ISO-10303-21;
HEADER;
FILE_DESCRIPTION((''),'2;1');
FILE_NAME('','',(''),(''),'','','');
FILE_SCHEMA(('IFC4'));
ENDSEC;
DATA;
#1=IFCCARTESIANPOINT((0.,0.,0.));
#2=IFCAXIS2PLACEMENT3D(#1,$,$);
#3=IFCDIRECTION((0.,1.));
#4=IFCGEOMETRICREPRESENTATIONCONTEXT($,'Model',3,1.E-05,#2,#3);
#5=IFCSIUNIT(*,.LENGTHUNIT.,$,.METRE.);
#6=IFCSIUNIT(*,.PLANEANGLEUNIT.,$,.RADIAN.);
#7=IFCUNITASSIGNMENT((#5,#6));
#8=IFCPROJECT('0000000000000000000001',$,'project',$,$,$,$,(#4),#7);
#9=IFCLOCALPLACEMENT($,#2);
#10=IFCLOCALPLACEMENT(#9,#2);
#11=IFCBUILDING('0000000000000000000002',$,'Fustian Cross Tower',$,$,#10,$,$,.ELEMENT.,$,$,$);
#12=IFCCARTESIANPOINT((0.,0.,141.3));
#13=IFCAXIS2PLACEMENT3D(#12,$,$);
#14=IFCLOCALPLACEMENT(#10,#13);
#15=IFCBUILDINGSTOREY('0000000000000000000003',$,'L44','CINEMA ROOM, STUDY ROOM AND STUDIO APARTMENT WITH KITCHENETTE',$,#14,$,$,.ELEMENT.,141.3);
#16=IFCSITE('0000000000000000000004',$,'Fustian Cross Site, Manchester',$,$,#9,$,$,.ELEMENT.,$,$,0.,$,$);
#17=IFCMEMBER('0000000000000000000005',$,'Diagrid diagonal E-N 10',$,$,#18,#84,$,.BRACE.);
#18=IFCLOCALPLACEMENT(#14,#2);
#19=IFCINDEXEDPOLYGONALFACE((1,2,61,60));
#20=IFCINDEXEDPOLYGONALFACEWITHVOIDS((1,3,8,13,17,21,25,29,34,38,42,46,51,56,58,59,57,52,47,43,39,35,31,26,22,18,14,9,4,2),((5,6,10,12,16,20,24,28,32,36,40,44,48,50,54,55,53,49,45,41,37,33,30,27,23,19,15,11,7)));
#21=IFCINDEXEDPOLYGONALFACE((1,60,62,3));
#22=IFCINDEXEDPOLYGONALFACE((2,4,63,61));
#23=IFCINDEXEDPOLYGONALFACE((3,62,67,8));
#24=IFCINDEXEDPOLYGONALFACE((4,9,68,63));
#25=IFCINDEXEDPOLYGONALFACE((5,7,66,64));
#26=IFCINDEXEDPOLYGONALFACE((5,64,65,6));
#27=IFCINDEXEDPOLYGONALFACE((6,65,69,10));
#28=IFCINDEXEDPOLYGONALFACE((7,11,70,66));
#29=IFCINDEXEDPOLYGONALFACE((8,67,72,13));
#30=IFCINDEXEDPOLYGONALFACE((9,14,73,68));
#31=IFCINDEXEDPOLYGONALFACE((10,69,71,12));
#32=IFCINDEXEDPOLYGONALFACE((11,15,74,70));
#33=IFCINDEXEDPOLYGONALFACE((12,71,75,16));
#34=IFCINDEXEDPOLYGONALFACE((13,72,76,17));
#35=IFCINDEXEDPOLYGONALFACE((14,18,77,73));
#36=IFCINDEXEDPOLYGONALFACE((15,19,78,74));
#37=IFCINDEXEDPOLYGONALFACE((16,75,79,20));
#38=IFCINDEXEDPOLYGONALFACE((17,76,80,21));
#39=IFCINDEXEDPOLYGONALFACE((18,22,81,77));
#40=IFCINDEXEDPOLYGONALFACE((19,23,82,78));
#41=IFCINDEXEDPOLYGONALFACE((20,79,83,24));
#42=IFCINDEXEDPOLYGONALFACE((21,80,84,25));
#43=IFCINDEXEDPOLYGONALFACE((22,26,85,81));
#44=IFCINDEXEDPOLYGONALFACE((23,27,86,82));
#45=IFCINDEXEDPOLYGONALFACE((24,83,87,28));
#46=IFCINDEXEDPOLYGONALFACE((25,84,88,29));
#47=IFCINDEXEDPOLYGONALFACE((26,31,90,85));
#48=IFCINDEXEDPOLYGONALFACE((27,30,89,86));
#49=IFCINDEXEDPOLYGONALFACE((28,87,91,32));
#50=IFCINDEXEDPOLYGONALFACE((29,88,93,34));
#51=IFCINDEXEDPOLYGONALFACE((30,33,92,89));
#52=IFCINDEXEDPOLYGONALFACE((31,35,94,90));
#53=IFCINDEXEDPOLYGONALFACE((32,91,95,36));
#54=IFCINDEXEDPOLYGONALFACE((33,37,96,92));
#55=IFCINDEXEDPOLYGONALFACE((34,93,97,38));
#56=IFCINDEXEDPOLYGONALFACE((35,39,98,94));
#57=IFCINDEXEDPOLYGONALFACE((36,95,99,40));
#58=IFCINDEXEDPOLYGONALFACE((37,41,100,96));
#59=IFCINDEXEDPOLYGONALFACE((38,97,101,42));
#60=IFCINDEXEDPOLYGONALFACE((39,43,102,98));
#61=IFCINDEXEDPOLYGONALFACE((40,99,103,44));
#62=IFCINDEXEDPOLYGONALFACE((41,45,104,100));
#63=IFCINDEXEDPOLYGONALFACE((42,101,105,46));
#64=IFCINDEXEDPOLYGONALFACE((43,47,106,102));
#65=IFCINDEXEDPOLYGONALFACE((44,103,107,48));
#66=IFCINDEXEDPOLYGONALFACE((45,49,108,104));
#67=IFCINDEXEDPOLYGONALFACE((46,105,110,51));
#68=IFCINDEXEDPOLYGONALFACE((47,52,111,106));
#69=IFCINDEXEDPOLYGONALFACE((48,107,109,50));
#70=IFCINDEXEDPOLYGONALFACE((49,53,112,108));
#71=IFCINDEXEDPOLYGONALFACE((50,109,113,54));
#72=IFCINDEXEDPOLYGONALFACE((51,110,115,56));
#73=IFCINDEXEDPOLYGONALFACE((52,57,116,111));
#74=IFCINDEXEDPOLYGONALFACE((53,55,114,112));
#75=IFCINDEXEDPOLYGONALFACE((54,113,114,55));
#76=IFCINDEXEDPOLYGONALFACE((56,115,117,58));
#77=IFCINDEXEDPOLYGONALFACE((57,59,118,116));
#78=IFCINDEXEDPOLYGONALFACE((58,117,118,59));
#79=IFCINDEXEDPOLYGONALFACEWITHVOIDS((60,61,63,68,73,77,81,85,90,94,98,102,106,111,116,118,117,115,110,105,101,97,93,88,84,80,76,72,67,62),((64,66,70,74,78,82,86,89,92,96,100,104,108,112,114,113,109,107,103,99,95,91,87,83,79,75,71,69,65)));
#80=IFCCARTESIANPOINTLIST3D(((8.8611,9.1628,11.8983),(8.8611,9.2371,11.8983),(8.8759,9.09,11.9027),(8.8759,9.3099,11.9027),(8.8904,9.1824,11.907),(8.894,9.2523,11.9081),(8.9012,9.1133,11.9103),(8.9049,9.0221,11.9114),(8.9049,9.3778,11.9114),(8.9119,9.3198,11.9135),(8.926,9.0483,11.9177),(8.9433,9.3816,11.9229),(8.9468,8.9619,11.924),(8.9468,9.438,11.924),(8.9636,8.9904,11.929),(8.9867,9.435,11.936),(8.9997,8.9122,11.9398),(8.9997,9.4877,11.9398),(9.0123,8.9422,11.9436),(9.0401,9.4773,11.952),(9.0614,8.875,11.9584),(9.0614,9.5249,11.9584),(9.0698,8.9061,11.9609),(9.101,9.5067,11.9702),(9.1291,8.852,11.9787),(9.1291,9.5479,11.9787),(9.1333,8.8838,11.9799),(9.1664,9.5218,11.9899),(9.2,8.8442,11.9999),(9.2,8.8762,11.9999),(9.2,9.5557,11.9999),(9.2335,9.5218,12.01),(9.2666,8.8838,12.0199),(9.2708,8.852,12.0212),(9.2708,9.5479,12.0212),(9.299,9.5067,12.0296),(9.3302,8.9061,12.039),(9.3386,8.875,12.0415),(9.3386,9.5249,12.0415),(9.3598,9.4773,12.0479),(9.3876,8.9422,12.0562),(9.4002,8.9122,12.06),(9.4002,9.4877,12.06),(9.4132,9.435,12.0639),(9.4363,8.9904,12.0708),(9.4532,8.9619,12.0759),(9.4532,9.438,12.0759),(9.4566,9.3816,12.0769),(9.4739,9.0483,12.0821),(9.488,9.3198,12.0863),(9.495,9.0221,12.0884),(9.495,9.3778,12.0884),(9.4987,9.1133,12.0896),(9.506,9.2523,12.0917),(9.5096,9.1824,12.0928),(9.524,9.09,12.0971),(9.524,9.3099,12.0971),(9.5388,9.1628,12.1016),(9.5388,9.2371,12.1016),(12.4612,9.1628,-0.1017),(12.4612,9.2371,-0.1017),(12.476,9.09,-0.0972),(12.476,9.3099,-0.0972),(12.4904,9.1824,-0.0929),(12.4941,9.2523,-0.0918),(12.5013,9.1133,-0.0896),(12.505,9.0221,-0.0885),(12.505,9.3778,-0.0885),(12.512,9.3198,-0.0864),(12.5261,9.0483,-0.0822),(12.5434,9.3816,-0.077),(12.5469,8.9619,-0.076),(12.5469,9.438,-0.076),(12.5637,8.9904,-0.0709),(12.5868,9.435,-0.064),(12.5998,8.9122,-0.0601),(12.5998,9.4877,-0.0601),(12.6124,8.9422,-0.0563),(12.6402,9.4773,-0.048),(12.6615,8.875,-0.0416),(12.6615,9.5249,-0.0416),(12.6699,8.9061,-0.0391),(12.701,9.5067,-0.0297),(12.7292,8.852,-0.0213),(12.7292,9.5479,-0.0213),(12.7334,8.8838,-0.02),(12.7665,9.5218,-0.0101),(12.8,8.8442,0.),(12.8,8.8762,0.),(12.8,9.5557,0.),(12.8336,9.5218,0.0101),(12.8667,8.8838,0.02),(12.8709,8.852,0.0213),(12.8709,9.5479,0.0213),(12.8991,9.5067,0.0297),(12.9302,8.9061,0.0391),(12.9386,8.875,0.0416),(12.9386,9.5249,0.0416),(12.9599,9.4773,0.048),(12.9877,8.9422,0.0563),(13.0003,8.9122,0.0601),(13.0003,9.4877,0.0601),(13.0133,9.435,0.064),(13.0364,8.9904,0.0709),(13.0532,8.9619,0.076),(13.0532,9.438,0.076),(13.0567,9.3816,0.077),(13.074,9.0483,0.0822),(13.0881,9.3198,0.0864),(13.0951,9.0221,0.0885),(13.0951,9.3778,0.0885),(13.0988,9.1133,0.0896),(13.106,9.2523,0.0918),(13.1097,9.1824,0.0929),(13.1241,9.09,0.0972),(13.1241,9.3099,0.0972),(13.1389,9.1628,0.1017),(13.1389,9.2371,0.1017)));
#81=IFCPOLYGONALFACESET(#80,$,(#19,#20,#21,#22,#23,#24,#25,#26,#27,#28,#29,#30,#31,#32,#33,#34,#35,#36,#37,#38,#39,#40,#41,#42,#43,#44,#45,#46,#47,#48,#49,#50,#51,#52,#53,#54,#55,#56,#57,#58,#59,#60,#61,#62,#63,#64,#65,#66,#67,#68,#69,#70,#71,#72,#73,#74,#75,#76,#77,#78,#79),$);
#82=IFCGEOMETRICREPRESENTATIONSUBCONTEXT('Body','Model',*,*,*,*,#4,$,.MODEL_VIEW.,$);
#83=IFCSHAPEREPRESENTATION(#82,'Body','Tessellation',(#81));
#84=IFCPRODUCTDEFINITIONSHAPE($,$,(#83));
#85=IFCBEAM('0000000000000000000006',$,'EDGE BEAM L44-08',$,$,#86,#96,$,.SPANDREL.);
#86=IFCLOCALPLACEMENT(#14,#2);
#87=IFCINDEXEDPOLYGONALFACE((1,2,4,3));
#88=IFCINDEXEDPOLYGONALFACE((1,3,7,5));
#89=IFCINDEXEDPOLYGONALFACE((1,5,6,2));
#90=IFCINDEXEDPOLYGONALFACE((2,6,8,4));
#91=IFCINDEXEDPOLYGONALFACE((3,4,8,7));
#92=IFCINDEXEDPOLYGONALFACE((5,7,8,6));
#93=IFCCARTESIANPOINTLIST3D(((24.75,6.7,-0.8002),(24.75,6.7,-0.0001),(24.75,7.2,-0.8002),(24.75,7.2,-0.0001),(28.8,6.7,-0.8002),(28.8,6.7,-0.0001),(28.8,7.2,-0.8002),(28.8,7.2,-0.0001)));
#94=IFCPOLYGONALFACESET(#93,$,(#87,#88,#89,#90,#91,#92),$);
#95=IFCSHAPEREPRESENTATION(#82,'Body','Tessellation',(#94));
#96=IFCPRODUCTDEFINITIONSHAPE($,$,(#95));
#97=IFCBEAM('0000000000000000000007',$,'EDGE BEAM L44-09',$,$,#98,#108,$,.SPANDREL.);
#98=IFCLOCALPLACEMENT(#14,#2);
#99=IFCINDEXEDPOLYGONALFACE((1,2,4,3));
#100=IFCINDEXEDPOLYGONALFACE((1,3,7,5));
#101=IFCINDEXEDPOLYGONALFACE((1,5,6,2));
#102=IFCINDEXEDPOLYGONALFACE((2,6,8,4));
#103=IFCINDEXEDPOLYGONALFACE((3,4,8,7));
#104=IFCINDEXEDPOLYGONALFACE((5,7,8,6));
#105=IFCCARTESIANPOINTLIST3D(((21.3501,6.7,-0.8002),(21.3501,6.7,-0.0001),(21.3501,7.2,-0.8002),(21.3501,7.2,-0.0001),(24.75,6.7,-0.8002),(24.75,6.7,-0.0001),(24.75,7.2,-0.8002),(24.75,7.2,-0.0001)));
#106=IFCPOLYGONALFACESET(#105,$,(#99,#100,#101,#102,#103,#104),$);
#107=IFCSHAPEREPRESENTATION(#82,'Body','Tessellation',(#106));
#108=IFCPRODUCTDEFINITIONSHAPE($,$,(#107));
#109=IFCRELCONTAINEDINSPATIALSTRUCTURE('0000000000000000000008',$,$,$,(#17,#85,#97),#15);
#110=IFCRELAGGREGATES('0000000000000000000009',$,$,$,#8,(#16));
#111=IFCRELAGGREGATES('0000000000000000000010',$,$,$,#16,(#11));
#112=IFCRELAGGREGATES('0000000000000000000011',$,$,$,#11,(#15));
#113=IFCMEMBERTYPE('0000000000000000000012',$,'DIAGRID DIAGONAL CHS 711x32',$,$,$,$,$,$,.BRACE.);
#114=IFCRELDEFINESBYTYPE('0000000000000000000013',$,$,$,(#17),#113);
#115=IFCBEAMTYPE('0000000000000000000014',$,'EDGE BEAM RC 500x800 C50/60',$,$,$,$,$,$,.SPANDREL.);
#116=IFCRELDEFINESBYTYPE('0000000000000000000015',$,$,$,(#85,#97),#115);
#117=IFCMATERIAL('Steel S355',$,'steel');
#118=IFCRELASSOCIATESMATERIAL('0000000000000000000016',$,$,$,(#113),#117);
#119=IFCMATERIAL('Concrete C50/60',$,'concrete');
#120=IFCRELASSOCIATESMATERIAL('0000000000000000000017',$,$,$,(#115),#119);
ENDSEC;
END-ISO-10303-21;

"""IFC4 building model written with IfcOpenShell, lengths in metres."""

from ifc_helpers import new_model, si_unit, direction, frame, origin, origin_2d, place, context, subcontext, project, spatial, rectangle, hollow_circle, extrude, material, material_profile, profile_set, type_object, element, save


model = new_model("IFC4")

# Units and contexts
model_context = context("Model", 3, precision=1e-05, world=origin(), true_north=direction((0.0, 1.0)))
body_context = subcontext(model_context, "Body", "Model", "MODEL_VIEW")
ifc_project = project(units=[si_unit("LENGTHUNIT", "METRE"), si_unit("PLANEANGLEUNIT", "RADIAN")], contexts=[model_context])

# Site, building, storey
site_placement = place(None, origin())
site = spatial("IfcSite", under=ifc_project, at=site_placement, Name="Fustian Cross Site, Manchester", CompositionType="ELEMENT", RefElevation=0.0)
building_placement = place(site_placement, origin())
building = spatial("IfcBuilding", under=site, at=building_placement, Name="Fustian Cross Tower", CompositionType="ELEMENT")
storey_placement = place(building_placement, frame((0.0, 0.0, 141.3)))
storey = spatial("IfcBuildingStorey", under=building, at=storey_placement, Name="L44", Description="CINEMA ROOM, STUDY ROOM AND STUDIO APARTMENT WITH KITCHENETTE", CompositionType="ELEMENT", Elevation=141.3)

# Member
ifc_material_1 = material(Name="Steel S355", Category="steel")
ifc_material_profile_1 = material_profile(ifc_material_1, hollow_circle(Radius=0.3557, WallThickness=0.032, at=origin_2d()), Name="CHS 711x32")
ifc_profile_set_1 = profile_set([ifc_material_profile_1], Name="Steel S355")
member_type_1 = type_object("IfcMemberType", Name="DIAGRID DIAGONAL CHS 711x32", PredefinedType="BRACE", material=ifc_profile_set_1)
member_placement = place(storey_placement, frame((12.8, 9.2, 0.0), z_axis=(-0.287355, 0.0, 0.957824), x_axis=(0.0, -1.0, 0.0)))
element("IfcMember", 1, at=member_placement, inside=storey, type_object=member_type_1, Name="Diagrid diagonal E-N 10", PredefinedType="BRACE", context=body_context, shape_type="SweptSolid", body=[
    extrude(hollow_circle(Radius=0.3557, WallThickness=0.032, at=origin_2d()), origin(), (0.0, 0.0, 1.0), 12.5283),
])

# Beams
ifc_material_2 = material(Name="Concrete C50/60", Category="concrete")
ifc_material_profile_2 = material_profile(ifc_material_2, rectangle(XDim=0.5, YDim=0.8, at=origin_2d()), Name="RC 500x800")
ifc_profile_set_2 = profile_set([ifc_material_profile_2], Name="Concrete C50/60")
beam_type = type_object("IfcBeamType", Name="EDGE BEAM RC 500x800 C50/60", PredefinedType="SPANDREL", material=ifc_profile_set_2)
beam_1_placement = place(storey_placement, frame((28.8, 6.95, -0.4001), z_axis=(-1.0, 0.0, 0.0), x_axis=(0.0, -1.0, 0.0)))
element("IfcBeam", 2, at=beam_1_placement, inside=storey, type_object=beam_type, Name="EDGE BEAM L44-08", PredefinedType="SPANDREL", context=body_context, shape_type="SweptSolid", body=[
    extrude(rectangle(XDim=0.5, YDim=0.8, at=origin_2d()), origin(), (0.0, 0.0, 1.0), 4.05),
])
beam_2_placement = place(storey_placement, frame((24.75, 6.95, -0.4001), z_axis=(-1.0, 0.0, 0.0), x_axis=(0.0, -1.0, 0.0)))
element("IfcBeam", 3, at=beam_2_placement, inside=storey, type_object=beam_type, Name="EDGE BEAM L44-09", PredefinedType="SPANDREL", context=body_context, shape_type="SweptSolid", body=[
    extrude(rectangle(XDim=0.5, YDim=0.8, at=origin_2d()), origin(), (0.0, 0.0, 1.0), 3.3999),
])

save(model, "model.ifc")
